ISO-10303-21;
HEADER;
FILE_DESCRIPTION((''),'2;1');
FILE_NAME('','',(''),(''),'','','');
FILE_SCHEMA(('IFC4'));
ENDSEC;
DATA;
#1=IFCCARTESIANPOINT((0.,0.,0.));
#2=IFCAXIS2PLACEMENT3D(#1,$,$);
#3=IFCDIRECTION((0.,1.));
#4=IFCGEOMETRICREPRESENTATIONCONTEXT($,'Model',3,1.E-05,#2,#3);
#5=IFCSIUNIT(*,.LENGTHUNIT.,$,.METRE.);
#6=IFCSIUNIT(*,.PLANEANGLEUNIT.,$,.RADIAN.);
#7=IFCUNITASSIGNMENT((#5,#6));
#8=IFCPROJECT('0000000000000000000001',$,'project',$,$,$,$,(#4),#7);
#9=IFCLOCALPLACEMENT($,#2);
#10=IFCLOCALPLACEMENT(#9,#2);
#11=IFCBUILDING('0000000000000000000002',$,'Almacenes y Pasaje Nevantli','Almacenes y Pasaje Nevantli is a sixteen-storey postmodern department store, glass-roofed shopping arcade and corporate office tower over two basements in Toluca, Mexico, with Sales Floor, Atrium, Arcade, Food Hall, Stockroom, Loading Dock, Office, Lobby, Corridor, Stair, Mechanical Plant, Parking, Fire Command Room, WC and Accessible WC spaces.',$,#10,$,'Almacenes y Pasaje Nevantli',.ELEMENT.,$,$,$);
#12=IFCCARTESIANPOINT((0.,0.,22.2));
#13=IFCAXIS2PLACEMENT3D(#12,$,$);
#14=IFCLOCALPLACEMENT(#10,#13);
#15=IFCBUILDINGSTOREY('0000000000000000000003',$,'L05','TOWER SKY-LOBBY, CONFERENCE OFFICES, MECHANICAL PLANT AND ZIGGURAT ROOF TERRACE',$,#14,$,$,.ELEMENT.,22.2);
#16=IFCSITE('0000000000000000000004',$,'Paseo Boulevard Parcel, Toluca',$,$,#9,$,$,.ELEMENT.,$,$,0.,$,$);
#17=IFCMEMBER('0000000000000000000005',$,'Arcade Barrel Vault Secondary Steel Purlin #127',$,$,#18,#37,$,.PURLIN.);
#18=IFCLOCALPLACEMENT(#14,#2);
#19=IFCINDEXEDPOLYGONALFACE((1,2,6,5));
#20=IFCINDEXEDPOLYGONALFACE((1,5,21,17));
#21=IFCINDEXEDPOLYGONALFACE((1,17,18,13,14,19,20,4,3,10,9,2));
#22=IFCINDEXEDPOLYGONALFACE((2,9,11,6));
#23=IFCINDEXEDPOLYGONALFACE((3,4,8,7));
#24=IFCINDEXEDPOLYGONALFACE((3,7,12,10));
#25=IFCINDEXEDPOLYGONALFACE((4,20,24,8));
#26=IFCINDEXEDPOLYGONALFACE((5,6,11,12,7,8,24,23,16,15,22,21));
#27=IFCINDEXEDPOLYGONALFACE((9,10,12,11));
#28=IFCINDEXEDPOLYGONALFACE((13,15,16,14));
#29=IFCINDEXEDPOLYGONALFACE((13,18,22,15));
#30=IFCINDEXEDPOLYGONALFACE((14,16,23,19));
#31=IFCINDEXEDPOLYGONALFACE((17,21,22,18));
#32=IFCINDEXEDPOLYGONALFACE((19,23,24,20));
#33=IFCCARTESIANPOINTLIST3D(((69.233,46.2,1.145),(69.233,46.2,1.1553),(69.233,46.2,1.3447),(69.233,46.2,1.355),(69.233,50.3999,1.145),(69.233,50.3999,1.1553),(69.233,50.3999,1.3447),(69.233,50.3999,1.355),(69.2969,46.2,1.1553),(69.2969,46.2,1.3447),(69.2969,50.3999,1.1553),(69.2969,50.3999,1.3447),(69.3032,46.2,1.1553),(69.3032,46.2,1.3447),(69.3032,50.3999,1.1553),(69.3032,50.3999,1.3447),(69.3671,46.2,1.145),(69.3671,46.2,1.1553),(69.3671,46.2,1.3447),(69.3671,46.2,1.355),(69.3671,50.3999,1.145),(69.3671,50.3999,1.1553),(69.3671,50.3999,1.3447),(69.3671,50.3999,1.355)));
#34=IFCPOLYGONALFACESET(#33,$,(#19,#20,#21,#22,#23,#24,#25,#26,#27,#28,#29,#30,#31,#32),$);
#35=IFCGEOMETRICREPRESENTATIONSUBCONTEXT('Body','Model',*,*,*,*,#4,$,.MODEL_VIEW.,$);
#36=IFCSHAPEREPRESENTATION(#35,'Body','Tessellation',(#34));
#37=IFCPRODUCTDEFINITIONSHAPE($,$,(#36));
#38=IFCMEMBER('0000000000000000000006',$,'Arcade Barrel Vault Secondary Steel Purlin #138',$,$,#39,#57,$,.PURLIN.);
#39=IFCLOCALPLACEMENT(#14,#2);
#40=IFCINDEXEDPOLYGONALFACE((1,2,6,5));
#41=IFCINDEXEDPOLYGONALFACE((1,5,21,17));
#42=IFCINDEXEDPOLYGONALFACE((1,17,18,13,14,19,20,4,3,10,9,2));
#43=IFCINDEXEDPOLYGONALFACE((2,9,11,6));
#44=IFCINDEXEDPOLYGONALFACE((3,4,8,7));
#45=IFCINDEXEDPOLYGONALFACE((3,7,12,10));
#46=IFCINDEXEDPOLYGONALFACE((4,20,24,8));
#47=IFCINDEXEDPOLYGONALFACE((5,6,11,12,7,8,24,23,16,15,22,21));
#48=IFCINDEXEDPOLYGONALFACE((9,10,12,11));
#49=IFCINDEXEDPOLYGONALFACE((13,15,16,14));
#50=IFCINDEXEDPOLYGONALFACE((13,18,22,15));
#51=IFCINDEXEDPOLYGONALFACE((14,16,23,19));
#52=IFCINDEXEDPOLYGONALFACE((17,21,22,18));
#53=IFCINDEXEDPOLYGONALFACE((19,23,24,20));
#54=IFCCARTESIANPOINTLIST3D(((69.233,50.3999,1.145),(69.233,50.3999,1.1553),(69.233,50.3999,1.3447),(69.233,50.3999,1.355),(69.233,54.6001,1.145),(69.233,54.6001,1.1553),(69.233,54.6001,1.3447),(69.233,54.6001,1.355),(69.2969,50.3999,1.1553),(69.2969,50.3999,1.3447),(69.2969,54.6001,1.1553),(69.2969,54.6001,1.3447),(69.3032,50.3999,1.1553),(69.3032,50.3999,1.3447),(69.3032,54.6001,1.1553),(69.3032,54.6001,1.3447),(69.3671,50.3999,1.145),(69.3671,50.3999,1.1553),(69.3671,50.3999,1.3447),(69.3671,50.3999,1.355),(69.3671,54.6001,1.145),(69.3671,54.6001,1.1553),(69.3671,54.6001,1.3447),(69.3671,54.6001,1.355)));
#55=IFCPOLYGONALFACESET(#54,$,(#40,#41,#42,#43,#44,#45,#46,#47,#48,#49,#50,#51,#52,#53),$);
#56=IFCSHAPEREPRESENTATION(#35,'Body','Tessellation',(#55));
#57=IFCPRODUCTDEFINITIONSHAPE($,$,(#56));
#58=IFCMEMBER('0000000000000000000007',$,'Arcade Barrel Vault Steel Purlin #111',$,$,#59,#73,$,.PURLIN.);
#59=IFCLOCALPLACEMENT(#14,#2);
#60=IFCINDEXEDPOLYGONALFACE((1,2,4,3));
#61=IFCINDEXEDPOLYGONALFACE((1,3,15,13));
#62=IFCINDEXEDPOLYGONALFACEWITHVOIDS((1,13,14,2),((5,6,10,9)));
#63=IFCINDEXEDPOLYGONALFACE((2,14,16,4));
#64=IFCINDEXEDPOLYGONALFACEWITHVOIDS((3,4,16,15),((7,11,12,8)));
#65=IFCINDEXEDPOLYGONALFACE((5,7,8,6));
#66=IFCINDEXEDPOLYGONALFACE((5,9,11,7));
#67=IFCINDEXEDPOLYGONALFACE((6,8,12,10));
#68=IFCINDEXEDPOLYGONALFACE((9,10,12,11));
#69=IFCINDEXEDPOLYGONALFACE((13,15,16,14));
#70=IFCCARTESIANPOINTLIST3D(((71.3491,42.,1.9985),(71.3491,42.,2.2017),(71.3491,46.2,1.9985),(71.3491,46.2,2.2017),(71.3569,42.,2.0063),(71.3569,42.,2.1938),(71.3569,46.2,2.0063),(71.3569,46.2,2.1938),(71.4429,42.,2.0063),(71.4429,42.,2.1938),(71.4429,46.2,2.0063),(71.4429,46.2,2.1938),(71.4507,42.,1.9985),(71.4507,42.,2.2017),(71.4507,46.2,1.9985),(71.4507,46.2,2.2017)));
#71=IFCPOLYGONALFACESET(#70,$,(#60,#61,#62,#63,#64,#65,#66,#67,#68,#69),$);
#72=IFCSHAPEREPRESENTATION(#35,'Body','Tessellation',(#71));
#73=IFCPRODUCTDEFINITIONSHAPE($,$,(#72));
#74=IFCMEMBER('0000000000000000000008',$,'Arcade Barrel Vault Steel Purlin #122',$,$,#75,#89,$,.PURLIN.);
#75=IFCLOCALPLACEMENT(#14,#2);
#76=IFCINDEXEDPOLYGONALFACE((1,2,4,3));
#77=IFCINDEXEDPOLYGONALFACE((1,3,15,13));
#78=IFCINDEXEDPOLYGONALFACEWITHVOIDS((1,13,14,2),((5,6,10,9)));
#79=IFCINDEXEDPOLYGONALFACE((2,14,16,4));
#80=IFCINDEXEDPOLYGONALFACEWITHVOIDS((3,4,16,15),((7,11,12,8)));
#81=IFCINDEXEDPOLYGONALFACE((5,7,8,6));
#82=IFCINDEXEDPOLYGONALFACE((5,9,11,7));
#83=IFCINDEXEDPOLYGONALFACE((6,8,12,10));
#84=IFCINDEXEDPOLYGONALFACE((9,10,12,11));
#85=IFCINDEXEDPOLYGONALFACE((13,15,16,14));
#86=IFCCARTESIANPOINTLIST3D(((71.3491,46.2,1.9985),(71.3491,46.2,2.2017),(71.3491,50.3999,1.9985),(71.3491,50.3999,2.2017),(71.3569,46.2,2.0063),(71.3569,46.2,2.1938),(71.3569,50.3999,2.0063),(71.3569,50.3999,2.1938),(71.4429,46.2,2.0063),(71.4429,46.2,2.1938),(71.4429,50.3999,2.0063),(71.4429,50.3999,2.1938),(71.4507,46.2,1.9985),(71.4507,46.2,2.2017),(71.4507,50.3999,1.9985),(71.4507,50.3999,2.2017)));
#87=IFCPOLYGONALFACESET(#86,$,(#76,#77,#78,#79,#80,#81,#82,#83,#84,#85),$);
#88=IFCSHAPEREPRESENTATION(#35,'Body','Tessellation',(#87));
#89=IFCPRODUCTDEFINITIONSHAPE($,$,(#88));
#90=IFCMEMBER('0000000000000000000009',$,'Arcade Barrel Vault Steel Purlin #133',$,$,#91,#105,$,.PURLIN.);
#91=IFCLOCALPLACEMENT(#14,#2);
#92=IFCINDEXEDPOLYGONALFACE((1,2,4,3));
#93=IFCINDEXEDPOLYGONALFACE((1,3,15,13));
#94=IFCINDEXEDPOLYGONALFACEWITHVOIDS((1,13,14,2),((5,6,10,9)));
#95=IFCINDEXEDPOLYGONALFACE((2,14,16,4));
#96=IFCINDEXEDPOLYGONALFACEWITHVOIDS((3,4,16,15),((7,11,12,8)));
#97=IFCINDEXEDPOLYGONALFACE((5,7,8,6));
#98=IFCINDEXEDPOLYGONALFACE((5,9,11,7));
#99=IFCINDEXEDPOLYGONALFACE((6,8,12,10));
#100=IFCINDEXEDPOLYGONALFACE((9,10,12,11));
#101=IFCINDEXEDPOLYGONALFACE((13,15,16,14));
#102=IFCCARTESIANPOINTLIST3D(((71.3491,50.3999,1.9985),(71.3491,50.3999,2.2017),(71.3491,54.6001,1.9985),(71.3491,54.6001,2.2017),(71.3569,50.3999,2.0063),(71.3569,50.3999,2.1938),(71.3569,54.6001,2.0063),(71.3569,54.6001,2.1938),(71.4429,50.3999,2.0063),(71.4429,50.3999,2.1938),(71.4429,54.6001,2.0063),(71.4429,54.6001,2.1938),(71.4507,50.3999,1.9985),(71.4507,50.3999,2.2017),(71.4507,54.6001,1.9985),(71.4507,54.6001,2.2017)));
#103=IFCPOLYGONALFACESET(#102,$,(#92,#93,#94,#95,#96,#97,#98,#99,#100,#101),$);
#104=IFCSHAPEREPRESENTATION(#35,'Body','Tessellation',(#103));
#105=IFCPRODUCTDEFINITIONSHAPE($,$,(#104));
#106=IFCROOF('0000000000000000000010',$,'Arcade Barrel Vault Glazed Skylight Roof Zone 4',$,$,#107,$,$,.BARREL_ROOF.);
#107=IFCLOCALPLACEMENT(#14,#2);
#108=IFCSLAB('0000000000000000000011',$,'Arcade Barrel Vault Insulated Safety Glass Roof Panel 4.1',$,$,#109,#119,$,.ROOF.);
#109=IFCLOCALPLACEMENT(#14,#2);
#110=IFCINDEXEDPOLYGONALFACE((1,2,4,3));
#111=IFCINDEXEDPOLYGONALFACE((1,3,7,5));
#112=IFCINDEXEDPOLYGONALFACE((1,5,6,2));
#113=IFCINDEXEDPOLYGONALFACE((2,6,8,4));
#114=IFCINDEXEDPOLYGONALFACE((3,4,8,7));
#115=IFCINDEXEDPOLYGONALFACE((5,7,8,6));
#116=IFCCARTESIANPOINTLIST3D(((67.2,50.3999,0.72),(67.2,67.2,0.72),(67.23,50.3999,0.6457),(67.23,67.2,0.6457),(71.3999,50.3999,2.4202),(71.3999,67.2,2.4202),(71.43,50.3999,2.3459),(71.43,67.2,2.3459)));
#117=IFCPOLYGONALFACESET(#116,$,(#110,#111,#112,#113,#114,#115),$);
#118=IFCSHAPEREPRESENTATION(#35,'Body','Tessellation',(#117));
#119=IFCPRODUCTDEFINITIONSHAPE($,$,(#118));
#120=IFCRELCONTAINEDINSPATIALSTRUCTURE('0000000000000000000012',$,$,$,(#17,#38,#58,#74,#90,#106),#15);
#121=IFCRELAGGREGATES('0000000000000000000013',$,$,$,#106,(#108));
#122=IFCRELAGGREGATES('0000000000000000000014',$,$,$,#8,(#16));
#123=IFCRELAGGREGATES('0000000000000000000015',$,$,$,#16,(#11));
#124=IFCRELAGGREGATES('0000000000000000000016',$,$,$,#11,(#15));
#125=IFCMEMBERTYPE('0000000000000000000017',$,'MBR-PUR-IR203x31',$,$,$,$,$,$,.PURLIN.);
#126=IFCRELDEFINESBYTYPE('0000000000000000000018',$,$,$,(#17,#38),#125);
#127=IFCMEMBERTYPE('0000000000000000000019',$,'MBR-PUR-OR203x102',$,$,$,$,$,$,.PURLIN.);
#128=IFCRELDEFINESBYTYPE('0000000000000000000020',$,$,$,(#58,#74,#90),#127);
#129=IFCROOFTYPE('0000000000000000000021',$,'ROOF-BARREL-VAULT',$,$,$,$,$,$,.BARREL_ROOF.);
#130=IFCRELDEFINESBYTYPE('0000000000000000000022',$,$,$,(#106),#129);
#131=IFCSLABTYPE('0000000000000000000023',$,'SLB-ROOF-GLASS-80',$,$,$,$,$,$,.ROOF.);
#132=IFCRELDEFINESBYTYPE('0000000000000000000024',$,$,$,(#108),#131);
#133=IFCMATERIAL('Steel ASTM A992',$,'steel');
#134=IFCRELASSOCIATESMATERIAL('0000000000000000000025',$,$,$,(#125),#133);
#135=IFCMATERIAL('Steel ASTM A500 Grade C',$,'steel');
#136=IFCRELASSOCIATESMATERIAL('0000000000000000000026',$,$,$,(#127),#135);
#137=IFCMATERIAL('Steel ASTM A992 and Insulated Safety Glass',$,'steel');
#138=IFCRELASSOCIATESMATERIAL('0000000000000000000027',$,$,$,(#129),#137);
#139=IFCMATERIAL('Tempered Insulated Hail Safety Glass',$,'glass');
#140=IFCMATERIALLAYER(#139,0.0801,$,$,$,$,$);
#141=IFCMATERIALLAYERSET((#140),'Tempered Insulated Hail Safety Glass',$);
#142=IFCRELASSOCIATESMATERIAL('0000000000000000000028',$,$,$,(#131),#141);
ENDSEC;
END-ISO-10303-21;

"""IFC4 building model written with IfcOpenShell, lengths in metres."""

from ifc_helpers import new_model, si_unit, direction, frame, origin, origin_2d, place, context, subcontext, project, spatial, polyline, hollow_rectangle, i_section, outline, extrude, material, layer, layer_set, material_profile, profile_set, type_object, element, aggregate, save


model = new_model("IFC4")

# Units and contexts
model_context = context("Model", 3, precision=1e-05, world=origin(), true_north=direction((0.0, 1.0)))
body_context = subcontext(model_context, "Body", "Model", "MODEL_VIEW")
ifc_project = project(units=[si_unit("LENGTHUNIT", "METRE"), si_unit("PLANEANGLEUNIT", "RADIAN")], contexts=[model_context])

# Site, building, storey
site_placement = place(None, origin())
site = spatial("IfcSite", under=ifc_project, at=site_placement, Name="Paseo Boulevard Parcel, Toluca", CompositionType="ELEMENT", RefElevation=0.0)
building_placement = place(site_placement, origin())
building = spatial("IfcBuilding", under=site, at=building_placement, Name="Almacenes y Pasaje Nevantli", Description="Almacenes y Pasaje Nevantli is a sixteen-storey postmodern department store, glass-roofed shopping arcade and corporate office tower over two basements in Toluca, Mexico, with Sales Floor, Atrium, Arcade, Food Hall, Stockroom, Loading Dock, Office, Lobby, Corridor, Stair, Mechanical Plant, Parking, Fire Command Room, WC and Accessible WC spaces.", LongName="Almacenes y Pasaje Nevantli", CompositionType="ELEMENT")
storey_placement = place(building_placement, frame((0.0, 0.0, 22.2)))
storey = spatial("IfcBuildingStorey", under=building, at=storey_placement, Name="L05", Description="TOWER SKY-LOBBY, CONFERENCE OFFICES, MECHANICAL PLANT AND ZIGGURAT ROOF TERRACE", CompositionType="ELEMENT", Elevation=22.2)

# Members
ifc_material_1 = material(Name="Steel ASTM A992", Category="steel")
ifc_material_profile_1 = material_profile(ifc_material_1, i_section(OverallWidth=0.134, OverallDepth=0.21, WebThickness=0.0063, FlangeThickness=0.0103, at=origin_2d()), Name="IR 203x31.3")
ifc_profile_set_1 = profile_set([ifc_material_profile_1], Name="Steel ASTM A992")
member_type_1 = type_object("IfcMemberType", Name="MBR-PUR-IR203x31", PredefinedType="PURLIN", material=ifc_profile_set_1)
for number, where, z_axis, x_axis, name in (
    (1, (69.3, 46.2, 1.25), (0.0, 1.0, 0.0), (-1.0, 0.0, 0.0), "Arcade Barrel Vault Secondary Steel Purlin #127"),
):
    element("IfcMember", number, at=place(storey_placement, frame(where, z_axis=z_axis, x_axis=x_axis)), inside=storey, type_object=member_type_1, Name=name, PredefinedType="PURLIN", context=body_context, shape_type="SweptSolid", body=[
        extrude(i_section(OverallWidth=0.134, OverallDepth=0.21, WebThickness=0.0063, FlangeThickness=0.0103, at=origin_2d()), origin(), (0.0, 0.0, 1.0), 4.2),
    ])
member_1_placement = place(storey_placement, frame((69.3, 50.3999, 1.25), z_axis=(0.0, 1.0, 0.0), x_axis=(-1.0, 0.0, 0.0)))
element("IfcMember", 2, at=member_1_placement, inside=storey, type_object=member_type_1, Name="Arcade Barrel Vault Secondary Steel Purlin #138", PredefinedType="PURLIN", context=body_context, shape_type="SweptSolid", body=[
    extrude(i_section(OverallWidth=0.134, OverallDepth=0.21, WebThickness=0.0063, FlangeThickness=0.0103, at=origin_2d()), origin(), (0.0, 0.0, 1.0), 4.2002),
])
ifc_material_2 = material(Name="Steel ASTM A500 Grade C", Category="steel")
ifc_material_profile_2 = material_profile(ifc_material_2, hollow_rectangle(XDim=0.1016, YDim=0.2031, WallThickness=0.0078, at=origin_2d()), Name="OR 203x102x7.9")
ifc_profile_set_2 = profile_set([ifc_material_profile_2], Name="Steel ASTM A500 Grade C")
member_type_2 = type_object("IfcMemberType", Name="MBR-PUR-OR203x102", PredefinedType="PURLIN", material=ifc_profile_set_2)
for number, where, z_axis, x_axis, name in (
    (3, (71.3999, 42.0, 2.1001), (0.0, 1.0, 0.0), (-1.0, 0.0, 0.0), "Arcade Barrel Vault Steel Purlin #111"),
    (4, (71.3999, 46.2, 2.1001), (0.0, 1.0, 0.0), (-1.0, 0.0, 0.0), "Arcade Barrel Vault Steel Purlin #122"),
):
    element("IfcMember", number, at=place(storey_placement, frame(where, z_axis=z_axis, x_axis=x_axis)), inside=storey, type_object=member_type_2, Name=name, PredefinedType="PURLIN", context=body_context, shape_type="SweptSolid", body=[
        extrude(hollow_rectangle(XDim=0.1016, YDim=0.2031, WallThickness=0.0078, at=origin_2d()), origin(), (0.0, 0.0, 1.0), 4.2),
    ])
member_2_placement = place(storey_placement, frame((71.3999, 50.3999, 2.1001), z_axis=(0.0, 1.0, 0.0), x_axis=(-1.0, 0.0, 0.0)))
element("IfcMember", 5, at=member_2_placement, inside=storey, type_object=member_type_2, Name="Arcade Barrel Vault Steel Purlin #133", PredefinedType="PURLIN", context=body_context, shape_type="SweptSolid", body=[
    extrude(hollow_rectangle(XDim=0.1016, YDim=0.2031, WallThickness=0.0078, at=origin_2d()), origin(), (0.0, 0.0, 1.0), 4.2002),
])

# Roof, slab
ifc_material_3 = material(Name="Steel ASTM A992 and Insulated Safety Glass", Category="steel")
roof_type = type_object("IfcRoofType", Name="ROOF-BARREL-VAULT", PredefinedType="BARREL_ROOF", material=ifc_material_3)
roof_placement = place(storey_placement, origin())
roof = element("IfcRoof", 6, at=roof_placement, inside=storey, type_object=roof_type, Name="Arcade Barrel Vault Glazed Skylight Roof Zone 4", PredefinedType="BARREL_ROOF")
ifc_material_4 = material(Name="Tempered Insulated Hail Safety Glass", Category="glass")
ifc_layer = layer(ifc_material_4, 0.0801)
ifc_layer_set = layer_set([ifc_layer], Name="Tempered Insulated Hail Safety Glass")
slab_type = type_object("IfcSlabType", Name="SLB-ROOF-GLASS-80", PredefinedType="ROOF", material=ifc_layer_set)
slab_placement = place(storey_placement, frame((67.2, 50.3999, 0.72), z_axis=(-0.375234, 0.0, 0.92693), x_axis=(0.92693, 0.0, 0.375234)))
slab = element("IfcSlab", 7, at=slab_placement, type_object=slab_type, Name="Arcade Barrel Vault Insulated Safety Glass Roof Panel 4.1", PredefinedType="ROOF", context=body_context, shape_type="SweptSolid", body=[
    extrude(outline(polyline([(0.0, 0.0), (4.531, 0.0), (4.531, 16.8), (0.0, 16.8), (0.0, 0.0)])), origin(), (0.0, 0.0, -1.0), 0.0801),
])
aggregate(roof, [slab])

save(model, "model.ifc")
